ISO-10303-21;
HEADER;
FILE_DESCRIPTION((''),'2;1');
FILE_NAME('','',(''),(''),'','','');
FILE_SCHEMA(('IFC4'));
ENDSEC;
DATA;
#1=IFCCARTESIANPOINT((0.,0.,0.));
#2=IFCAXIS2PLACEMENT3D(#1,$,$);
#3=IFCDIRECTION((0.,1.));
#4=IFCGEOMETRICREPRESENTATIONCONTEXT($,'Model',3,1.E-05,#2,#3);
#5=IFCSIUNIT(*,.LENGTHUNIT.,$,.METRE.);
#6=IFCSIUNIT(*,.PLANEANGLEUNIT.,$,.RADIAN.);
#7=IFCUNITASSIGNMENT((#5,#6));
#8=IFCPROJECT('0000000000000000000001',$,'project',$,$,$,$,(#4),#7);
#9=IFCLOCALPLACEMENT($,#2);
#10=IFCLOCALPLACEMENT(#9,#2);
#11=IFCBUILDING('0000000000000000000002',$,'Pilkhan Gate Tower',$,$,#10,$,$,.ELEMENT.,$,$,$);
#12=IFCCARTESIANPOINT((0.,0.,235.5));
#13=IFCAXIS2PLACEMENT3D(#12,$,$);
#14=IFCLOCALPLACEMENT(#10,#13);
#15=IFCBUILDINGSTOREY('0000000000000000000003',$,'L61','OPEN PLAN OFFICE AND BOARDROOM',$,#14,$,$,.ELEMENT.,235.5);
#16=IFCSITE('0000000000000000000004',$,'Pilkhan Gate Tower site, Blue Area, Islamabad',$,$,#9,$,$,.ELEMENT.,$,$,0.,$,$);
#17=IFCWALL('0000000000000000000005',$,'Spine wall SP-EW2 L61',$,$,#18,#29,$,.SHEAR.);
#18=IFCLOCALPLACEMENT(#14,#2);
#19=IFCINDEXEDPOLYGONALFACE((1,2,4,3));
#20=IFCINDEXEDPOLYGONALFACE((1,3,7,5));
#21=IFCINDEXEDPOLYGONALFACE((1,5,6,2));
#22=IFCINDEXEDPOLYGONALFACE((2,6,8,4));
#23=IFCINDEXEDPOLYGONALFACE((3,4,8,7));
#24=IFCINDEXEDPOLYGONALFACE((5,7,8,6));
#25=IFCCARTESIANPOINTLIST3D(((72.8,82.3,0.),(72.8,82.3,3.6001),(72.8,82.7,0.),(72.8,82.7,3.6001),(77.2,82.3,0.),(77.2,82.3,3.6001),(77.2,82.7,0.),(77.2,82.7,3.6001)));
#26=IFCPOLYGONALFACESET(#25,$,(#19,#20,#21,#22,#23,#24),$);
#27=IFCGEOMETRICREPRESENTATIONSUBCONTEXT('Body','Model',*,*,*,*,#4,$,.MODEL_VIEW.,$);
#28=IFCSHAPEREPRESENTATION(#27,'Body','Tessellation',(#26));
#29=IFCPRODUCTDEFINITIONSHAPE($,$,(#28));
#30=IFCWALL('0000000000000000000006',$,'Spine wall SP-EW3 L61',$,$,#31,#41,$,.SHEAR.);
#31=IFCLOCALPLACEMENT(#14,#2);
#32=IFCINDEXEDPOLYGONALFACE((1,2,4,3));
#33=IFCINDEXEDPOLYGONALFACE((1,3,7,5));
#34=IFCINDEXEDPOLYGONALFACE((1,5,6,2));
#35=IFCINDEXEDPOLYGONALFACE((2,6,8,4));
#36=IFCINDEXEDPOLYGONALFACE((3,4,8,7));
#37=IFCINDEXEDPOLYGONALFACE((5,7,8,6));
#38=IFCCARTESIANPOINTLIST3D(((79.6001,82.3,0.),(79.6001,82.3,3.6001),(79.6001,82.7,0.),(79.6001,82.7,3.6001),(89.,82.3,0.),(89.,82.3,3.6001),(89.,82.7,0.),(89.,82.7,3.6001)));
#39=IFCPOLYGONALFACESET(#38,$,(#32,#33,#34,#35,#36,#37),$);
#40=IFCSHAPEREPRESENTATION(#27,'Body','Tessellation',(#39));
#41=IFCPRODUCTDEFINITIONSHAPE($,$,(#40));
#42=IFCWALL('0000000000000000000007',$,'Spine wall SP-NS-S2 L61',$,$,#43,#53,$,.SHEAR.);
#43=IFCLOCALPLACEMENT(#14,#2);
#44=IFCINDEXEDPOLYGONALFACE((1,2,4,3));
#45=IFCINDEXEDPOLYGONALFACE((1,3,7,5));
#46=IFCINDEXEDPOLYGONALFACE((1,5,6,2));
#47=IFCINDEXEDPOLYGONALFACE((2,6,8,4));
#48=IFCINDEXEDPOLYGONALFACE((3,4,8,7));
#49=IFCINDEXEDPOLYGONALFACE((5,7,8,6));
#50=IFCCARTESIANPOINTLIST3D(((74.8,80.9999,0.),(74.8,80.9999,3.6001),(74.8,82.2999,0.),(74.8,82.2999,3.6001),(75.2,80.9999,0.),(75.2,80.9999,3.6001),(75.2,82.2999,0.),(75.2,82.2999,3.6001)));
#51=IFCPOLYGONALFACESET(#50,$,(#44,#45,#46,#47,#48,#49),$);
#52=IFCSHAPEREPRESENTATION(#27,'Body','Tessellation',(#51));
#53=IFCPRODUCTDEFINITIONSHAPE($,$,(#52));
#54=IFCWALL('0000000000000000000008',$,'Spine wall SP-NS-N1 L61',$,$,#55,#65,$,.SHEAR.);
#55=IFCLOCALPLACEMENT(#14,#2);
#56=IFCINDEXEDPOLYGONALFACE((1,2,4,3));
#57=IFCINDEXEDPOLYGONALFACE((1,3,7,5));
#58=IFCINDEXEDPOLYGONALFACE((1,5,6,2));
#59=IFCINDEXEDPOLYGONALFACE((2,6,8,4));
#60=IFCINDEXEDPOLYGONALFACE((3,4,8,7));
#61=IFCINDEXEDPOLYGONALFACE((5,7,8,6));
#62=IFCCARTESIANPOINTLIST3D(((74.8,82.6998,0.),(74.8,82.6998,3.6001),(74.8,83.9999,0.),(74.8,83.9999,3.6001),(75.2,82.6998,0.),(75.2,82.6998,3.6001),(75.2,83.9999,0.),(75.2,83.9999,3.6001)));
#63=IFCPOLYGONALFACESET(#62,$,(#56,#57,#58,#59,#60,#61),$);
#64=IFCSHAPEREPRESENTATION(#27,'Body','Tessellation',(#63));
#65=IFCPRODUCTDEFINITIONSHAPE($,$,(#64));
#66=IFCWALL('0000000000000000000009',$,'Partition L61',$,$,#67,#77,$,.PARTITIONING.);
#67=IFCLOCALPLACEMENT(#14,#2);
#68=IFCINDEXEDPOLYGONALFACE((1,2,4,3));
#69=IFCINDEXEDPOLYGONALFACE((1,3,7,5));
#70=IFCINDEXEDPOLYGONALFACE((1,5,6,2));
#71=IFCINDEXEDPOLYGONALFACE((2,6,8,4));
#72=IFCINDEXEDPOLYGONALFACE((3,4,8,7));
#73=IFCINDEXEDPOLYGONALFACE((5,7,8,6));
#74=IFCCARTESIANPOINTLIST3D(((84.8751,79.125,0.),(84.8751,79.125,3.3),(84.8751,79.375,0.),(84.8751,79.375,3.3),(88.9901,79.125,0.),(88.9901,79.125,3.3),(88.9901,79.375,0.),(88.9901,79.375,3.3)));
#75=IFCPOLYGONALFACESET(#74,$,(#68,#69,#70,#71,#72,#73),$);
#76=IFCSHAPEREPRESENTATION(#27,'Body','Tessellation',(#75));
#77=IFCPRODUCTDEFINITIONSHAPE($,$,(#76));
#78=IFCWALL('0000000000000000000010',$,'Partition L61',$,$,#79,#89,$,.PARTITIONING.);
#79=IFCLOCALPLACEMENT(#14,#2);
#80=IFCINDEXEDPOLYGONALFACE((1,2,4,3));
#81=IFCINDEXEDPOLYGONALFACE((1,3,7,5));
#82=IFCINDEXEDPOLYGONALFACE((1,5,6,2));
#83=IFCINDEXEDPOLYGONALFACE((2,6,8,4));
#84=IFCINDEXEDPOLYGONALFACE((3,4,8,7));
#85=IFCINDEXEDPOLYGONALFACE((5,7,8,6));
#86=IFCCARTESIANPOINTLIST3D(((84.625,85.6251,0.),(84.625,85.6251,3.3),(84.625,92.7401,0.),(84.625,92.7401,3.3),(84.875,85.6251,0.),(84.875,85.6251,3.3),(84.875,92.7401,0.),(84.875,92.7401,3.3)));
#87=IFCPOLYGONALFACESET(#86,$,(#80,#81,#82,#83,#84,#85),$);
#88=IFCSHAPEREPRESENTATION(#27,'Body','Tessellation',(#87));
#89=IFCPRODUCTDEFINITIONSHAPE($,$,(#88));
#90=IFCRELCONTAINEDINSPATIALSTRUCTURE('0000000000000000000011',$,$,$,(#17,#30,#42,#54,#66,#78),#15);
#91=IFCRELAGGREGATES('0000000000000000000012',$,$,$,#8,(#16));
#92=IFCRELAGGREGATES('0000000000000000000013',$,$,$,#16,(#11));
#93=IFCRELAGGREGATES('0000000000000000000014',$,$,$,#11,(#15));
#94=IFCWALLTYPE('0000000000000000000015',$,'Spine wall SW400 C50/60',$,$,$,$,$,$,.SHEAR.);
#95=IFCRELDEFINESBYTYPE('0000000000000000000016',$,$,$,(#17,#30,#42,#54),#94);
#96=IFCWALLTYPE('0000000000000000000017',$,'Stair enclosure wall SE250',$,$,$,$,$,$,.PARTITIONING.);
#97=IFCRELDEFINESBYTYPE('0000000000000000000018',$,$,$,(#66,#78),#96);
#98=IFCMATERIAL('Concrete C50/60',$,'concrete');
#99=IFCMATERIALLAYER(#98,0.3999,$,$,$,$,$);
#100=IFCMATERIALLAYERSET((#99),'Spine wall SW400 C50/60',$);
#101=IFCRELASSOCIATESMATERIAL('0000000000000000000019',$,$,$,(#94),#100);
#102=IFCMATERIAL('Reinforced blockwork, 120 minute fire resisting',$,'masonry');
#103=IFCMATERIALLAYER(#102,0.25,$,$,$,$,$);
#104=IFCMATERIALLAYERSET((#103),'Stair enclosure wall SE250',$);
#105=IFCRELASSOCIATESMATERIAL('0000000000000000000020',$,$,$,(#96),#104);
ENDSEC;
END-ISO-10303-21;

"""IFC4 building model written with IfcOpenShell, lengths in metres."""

from ifc_helpers import new_model, si_unit, direction, frame, frame_2d, origin, place, context, subcontext, project, spatial, rectangle, extrude, material, layer, layer_set, type_object, element, save


model = new_model("IFC4")

# Units and contexts
model_context = context("Model", 3, precision=1e-05, world=origin(), true_north=direction((0.0, 1.0)))
body_context = subcontext(model_context, "Body", "Model", "MODEL_VIEW")
ifc_project = project(units=[si_unit("LENGTHUNIT", "METRE"), si_unit("PLANEANGLEUNIT", "RADIAN")], contexts=[model_context])

# Site, building, storey
site_placement = place(None, origin())
site = spatial("IfcSite", under=ifc_project, at=site_placement, Name="Pilkhan Gate Tower site, Blue Area, Islamabad", CompositionType="ELEMENT", RefElevation=0.0)
building_placement = place(site_placement, origin())
building = spatial("IfcBuilding", under=site, at=building_placement, Name="Pilkhan Gate Tower", CompositionType="ELEMENT")
storey_placement = place(building_placement, frame((0.0, 0.0, 235.5)))
storey = spatial("IfcBuildingStorey", under=building, at=storey_placement, Name="L61", Description="OPEN PLAN OFFICE AND BOARDROOM", CompositionType="ELEMENT", Elevation=235.5)

# Shared definitions
ifc_material_1 = material(Name="Concrete C50/60", Category="concrete")

# Walls
ifc_layer_1 = layer(ifc_material_1, 0.3999)
ifc_layer_set_1 = layer_set([ifc_layer_1], Name="Spine wall SW400 C50/60")
wall_type_1 = type_object("IfcWallType", Name="Spine wall SW400 C50/60", PredefinedType="SHEAR", material=ifc_layer_set_1)
wall_1_placement = place(storey_placement, frame((72.8, 82.5, 0.0), z_axis=(0.0, 0.0, 1.0), x_axis=(1.0, 0.0, 0.0)))
element("IfcWall", 1, at=wall_1_placement, inside=storey, type_object=wall_type_1, Name="Spine wall SP-EW2 L61", PredefinedType="SHEAR", context=body_context, shape_type="SweptSolid", body=[
    extrude(rectangle(XDim=4.3999, YDim=0.3999, at=frame_2d((2.2, 0.0))), origin(), (0.0, 0.0, 1.0), 3.6001),
])
wall_2_placement = place(storey_placement, frame((79.6001, 82.5, 0.0), z_axis=(0.0, 0.0, 1.0), x_axis=(1.0, 0.0, 0.0)))
element("IfcWall", 2, at=wall_2_placement, inside=storey, type_object=wall_type_1, Name="Spine wall SP-EW3 L61", PredefinedType="SHEAR", context=body_context, shape_type="SweptSolid", body=[
    extrude(rectangle(XDim=9.3999, YDim=0.3999, at=frame_2d((4.7, 0.0))), origin(), (0.0, 0.0, 1.0), 3.6001),
])
for number, where, z_axis, x_axis, name in (
    (3, (75.0, 81.0, 0.0), (0.0, 0.0, 1.0), (0.0, 1.0, 0.0), "Spine wall SP-NS-S2 L61"),
    (4, (75.0, 82.7, 0.0), (0.0, 0.0, 1.0), (0.0, 1.0, 0.0), "Spine wall SP-NS-N1 L61"),
):
    element("IfcWall", number, at=place(storey_placement, frame(where, z_axis=z_axis, x_axis=x_axis)), inside=storey, type_object=wall_type_1, Name=name, PredefinedType="SHEAR", context=body_context, shape_type="SweptSolid", body=[
        extrude(rectangle(XDim=1.3, YDim=0.3999, at=frame_2d((0.6499, 0.0))), origin(), (0.0, 0.0, 1.0), 3.6001),
    ])
ifc_material_2 = material(Name="Reinforced blockwork, 120 minute fire resisting", Category="masonry")
ifc_layer_2 = layer(ifc_material_2, 0.25)
ifc_layer_set_2 = layer_set([ifc_layer_2], Name="Stair enclosure wall SE250")
wall_type_2 = type_object("IfcWallType", Name="Stair enclosure wall SE250", PredefinedType="PARTITIONING", material=ifc_layer_set_2)
wall_3_placement = place(storey_placement, frame((84.875, 79.25, 0.0), z_axis=(0.0, 0.0, 1.0), x_axis=(1.0, 0.0, 0.0)))
element("IfcWall", 5, at=wall_3_placement, inside=storey, type_object=wall_type_2, Name="Partition L61", PredefinedType="PARTITIONING", context=body_context, shape_type="SweptSolid", body=[
    extrude(rectangle(XDim=4.115, YDim=0.25, at=frame_2d((2.0576, 0.0))), origin(), (0.0, 0.0, 1.0), 3.3),
])
wall_4_placement = place(storey_placement, frame((84.75, 85.625, 0.0), z_axis=(0.0, 0.0, 1.0), x_axis=(0.0, 1.0, 0.0)))
element("IfcWall", 6, at=wall_4_placement, inside=storey, type_object=wall_type_2, Name="Partition L61", PredefinedType="PARTITIONING", context=body_context, shape_type="SweptSolid", body=[
    extrude(rectangle(XDim=7.115, YDim=0.25, at=frame_2d((3.5576, 0.0))), origin(), (0.0, 0.0, 1.0), 3.3),
])

save(model, "model.ifc")
